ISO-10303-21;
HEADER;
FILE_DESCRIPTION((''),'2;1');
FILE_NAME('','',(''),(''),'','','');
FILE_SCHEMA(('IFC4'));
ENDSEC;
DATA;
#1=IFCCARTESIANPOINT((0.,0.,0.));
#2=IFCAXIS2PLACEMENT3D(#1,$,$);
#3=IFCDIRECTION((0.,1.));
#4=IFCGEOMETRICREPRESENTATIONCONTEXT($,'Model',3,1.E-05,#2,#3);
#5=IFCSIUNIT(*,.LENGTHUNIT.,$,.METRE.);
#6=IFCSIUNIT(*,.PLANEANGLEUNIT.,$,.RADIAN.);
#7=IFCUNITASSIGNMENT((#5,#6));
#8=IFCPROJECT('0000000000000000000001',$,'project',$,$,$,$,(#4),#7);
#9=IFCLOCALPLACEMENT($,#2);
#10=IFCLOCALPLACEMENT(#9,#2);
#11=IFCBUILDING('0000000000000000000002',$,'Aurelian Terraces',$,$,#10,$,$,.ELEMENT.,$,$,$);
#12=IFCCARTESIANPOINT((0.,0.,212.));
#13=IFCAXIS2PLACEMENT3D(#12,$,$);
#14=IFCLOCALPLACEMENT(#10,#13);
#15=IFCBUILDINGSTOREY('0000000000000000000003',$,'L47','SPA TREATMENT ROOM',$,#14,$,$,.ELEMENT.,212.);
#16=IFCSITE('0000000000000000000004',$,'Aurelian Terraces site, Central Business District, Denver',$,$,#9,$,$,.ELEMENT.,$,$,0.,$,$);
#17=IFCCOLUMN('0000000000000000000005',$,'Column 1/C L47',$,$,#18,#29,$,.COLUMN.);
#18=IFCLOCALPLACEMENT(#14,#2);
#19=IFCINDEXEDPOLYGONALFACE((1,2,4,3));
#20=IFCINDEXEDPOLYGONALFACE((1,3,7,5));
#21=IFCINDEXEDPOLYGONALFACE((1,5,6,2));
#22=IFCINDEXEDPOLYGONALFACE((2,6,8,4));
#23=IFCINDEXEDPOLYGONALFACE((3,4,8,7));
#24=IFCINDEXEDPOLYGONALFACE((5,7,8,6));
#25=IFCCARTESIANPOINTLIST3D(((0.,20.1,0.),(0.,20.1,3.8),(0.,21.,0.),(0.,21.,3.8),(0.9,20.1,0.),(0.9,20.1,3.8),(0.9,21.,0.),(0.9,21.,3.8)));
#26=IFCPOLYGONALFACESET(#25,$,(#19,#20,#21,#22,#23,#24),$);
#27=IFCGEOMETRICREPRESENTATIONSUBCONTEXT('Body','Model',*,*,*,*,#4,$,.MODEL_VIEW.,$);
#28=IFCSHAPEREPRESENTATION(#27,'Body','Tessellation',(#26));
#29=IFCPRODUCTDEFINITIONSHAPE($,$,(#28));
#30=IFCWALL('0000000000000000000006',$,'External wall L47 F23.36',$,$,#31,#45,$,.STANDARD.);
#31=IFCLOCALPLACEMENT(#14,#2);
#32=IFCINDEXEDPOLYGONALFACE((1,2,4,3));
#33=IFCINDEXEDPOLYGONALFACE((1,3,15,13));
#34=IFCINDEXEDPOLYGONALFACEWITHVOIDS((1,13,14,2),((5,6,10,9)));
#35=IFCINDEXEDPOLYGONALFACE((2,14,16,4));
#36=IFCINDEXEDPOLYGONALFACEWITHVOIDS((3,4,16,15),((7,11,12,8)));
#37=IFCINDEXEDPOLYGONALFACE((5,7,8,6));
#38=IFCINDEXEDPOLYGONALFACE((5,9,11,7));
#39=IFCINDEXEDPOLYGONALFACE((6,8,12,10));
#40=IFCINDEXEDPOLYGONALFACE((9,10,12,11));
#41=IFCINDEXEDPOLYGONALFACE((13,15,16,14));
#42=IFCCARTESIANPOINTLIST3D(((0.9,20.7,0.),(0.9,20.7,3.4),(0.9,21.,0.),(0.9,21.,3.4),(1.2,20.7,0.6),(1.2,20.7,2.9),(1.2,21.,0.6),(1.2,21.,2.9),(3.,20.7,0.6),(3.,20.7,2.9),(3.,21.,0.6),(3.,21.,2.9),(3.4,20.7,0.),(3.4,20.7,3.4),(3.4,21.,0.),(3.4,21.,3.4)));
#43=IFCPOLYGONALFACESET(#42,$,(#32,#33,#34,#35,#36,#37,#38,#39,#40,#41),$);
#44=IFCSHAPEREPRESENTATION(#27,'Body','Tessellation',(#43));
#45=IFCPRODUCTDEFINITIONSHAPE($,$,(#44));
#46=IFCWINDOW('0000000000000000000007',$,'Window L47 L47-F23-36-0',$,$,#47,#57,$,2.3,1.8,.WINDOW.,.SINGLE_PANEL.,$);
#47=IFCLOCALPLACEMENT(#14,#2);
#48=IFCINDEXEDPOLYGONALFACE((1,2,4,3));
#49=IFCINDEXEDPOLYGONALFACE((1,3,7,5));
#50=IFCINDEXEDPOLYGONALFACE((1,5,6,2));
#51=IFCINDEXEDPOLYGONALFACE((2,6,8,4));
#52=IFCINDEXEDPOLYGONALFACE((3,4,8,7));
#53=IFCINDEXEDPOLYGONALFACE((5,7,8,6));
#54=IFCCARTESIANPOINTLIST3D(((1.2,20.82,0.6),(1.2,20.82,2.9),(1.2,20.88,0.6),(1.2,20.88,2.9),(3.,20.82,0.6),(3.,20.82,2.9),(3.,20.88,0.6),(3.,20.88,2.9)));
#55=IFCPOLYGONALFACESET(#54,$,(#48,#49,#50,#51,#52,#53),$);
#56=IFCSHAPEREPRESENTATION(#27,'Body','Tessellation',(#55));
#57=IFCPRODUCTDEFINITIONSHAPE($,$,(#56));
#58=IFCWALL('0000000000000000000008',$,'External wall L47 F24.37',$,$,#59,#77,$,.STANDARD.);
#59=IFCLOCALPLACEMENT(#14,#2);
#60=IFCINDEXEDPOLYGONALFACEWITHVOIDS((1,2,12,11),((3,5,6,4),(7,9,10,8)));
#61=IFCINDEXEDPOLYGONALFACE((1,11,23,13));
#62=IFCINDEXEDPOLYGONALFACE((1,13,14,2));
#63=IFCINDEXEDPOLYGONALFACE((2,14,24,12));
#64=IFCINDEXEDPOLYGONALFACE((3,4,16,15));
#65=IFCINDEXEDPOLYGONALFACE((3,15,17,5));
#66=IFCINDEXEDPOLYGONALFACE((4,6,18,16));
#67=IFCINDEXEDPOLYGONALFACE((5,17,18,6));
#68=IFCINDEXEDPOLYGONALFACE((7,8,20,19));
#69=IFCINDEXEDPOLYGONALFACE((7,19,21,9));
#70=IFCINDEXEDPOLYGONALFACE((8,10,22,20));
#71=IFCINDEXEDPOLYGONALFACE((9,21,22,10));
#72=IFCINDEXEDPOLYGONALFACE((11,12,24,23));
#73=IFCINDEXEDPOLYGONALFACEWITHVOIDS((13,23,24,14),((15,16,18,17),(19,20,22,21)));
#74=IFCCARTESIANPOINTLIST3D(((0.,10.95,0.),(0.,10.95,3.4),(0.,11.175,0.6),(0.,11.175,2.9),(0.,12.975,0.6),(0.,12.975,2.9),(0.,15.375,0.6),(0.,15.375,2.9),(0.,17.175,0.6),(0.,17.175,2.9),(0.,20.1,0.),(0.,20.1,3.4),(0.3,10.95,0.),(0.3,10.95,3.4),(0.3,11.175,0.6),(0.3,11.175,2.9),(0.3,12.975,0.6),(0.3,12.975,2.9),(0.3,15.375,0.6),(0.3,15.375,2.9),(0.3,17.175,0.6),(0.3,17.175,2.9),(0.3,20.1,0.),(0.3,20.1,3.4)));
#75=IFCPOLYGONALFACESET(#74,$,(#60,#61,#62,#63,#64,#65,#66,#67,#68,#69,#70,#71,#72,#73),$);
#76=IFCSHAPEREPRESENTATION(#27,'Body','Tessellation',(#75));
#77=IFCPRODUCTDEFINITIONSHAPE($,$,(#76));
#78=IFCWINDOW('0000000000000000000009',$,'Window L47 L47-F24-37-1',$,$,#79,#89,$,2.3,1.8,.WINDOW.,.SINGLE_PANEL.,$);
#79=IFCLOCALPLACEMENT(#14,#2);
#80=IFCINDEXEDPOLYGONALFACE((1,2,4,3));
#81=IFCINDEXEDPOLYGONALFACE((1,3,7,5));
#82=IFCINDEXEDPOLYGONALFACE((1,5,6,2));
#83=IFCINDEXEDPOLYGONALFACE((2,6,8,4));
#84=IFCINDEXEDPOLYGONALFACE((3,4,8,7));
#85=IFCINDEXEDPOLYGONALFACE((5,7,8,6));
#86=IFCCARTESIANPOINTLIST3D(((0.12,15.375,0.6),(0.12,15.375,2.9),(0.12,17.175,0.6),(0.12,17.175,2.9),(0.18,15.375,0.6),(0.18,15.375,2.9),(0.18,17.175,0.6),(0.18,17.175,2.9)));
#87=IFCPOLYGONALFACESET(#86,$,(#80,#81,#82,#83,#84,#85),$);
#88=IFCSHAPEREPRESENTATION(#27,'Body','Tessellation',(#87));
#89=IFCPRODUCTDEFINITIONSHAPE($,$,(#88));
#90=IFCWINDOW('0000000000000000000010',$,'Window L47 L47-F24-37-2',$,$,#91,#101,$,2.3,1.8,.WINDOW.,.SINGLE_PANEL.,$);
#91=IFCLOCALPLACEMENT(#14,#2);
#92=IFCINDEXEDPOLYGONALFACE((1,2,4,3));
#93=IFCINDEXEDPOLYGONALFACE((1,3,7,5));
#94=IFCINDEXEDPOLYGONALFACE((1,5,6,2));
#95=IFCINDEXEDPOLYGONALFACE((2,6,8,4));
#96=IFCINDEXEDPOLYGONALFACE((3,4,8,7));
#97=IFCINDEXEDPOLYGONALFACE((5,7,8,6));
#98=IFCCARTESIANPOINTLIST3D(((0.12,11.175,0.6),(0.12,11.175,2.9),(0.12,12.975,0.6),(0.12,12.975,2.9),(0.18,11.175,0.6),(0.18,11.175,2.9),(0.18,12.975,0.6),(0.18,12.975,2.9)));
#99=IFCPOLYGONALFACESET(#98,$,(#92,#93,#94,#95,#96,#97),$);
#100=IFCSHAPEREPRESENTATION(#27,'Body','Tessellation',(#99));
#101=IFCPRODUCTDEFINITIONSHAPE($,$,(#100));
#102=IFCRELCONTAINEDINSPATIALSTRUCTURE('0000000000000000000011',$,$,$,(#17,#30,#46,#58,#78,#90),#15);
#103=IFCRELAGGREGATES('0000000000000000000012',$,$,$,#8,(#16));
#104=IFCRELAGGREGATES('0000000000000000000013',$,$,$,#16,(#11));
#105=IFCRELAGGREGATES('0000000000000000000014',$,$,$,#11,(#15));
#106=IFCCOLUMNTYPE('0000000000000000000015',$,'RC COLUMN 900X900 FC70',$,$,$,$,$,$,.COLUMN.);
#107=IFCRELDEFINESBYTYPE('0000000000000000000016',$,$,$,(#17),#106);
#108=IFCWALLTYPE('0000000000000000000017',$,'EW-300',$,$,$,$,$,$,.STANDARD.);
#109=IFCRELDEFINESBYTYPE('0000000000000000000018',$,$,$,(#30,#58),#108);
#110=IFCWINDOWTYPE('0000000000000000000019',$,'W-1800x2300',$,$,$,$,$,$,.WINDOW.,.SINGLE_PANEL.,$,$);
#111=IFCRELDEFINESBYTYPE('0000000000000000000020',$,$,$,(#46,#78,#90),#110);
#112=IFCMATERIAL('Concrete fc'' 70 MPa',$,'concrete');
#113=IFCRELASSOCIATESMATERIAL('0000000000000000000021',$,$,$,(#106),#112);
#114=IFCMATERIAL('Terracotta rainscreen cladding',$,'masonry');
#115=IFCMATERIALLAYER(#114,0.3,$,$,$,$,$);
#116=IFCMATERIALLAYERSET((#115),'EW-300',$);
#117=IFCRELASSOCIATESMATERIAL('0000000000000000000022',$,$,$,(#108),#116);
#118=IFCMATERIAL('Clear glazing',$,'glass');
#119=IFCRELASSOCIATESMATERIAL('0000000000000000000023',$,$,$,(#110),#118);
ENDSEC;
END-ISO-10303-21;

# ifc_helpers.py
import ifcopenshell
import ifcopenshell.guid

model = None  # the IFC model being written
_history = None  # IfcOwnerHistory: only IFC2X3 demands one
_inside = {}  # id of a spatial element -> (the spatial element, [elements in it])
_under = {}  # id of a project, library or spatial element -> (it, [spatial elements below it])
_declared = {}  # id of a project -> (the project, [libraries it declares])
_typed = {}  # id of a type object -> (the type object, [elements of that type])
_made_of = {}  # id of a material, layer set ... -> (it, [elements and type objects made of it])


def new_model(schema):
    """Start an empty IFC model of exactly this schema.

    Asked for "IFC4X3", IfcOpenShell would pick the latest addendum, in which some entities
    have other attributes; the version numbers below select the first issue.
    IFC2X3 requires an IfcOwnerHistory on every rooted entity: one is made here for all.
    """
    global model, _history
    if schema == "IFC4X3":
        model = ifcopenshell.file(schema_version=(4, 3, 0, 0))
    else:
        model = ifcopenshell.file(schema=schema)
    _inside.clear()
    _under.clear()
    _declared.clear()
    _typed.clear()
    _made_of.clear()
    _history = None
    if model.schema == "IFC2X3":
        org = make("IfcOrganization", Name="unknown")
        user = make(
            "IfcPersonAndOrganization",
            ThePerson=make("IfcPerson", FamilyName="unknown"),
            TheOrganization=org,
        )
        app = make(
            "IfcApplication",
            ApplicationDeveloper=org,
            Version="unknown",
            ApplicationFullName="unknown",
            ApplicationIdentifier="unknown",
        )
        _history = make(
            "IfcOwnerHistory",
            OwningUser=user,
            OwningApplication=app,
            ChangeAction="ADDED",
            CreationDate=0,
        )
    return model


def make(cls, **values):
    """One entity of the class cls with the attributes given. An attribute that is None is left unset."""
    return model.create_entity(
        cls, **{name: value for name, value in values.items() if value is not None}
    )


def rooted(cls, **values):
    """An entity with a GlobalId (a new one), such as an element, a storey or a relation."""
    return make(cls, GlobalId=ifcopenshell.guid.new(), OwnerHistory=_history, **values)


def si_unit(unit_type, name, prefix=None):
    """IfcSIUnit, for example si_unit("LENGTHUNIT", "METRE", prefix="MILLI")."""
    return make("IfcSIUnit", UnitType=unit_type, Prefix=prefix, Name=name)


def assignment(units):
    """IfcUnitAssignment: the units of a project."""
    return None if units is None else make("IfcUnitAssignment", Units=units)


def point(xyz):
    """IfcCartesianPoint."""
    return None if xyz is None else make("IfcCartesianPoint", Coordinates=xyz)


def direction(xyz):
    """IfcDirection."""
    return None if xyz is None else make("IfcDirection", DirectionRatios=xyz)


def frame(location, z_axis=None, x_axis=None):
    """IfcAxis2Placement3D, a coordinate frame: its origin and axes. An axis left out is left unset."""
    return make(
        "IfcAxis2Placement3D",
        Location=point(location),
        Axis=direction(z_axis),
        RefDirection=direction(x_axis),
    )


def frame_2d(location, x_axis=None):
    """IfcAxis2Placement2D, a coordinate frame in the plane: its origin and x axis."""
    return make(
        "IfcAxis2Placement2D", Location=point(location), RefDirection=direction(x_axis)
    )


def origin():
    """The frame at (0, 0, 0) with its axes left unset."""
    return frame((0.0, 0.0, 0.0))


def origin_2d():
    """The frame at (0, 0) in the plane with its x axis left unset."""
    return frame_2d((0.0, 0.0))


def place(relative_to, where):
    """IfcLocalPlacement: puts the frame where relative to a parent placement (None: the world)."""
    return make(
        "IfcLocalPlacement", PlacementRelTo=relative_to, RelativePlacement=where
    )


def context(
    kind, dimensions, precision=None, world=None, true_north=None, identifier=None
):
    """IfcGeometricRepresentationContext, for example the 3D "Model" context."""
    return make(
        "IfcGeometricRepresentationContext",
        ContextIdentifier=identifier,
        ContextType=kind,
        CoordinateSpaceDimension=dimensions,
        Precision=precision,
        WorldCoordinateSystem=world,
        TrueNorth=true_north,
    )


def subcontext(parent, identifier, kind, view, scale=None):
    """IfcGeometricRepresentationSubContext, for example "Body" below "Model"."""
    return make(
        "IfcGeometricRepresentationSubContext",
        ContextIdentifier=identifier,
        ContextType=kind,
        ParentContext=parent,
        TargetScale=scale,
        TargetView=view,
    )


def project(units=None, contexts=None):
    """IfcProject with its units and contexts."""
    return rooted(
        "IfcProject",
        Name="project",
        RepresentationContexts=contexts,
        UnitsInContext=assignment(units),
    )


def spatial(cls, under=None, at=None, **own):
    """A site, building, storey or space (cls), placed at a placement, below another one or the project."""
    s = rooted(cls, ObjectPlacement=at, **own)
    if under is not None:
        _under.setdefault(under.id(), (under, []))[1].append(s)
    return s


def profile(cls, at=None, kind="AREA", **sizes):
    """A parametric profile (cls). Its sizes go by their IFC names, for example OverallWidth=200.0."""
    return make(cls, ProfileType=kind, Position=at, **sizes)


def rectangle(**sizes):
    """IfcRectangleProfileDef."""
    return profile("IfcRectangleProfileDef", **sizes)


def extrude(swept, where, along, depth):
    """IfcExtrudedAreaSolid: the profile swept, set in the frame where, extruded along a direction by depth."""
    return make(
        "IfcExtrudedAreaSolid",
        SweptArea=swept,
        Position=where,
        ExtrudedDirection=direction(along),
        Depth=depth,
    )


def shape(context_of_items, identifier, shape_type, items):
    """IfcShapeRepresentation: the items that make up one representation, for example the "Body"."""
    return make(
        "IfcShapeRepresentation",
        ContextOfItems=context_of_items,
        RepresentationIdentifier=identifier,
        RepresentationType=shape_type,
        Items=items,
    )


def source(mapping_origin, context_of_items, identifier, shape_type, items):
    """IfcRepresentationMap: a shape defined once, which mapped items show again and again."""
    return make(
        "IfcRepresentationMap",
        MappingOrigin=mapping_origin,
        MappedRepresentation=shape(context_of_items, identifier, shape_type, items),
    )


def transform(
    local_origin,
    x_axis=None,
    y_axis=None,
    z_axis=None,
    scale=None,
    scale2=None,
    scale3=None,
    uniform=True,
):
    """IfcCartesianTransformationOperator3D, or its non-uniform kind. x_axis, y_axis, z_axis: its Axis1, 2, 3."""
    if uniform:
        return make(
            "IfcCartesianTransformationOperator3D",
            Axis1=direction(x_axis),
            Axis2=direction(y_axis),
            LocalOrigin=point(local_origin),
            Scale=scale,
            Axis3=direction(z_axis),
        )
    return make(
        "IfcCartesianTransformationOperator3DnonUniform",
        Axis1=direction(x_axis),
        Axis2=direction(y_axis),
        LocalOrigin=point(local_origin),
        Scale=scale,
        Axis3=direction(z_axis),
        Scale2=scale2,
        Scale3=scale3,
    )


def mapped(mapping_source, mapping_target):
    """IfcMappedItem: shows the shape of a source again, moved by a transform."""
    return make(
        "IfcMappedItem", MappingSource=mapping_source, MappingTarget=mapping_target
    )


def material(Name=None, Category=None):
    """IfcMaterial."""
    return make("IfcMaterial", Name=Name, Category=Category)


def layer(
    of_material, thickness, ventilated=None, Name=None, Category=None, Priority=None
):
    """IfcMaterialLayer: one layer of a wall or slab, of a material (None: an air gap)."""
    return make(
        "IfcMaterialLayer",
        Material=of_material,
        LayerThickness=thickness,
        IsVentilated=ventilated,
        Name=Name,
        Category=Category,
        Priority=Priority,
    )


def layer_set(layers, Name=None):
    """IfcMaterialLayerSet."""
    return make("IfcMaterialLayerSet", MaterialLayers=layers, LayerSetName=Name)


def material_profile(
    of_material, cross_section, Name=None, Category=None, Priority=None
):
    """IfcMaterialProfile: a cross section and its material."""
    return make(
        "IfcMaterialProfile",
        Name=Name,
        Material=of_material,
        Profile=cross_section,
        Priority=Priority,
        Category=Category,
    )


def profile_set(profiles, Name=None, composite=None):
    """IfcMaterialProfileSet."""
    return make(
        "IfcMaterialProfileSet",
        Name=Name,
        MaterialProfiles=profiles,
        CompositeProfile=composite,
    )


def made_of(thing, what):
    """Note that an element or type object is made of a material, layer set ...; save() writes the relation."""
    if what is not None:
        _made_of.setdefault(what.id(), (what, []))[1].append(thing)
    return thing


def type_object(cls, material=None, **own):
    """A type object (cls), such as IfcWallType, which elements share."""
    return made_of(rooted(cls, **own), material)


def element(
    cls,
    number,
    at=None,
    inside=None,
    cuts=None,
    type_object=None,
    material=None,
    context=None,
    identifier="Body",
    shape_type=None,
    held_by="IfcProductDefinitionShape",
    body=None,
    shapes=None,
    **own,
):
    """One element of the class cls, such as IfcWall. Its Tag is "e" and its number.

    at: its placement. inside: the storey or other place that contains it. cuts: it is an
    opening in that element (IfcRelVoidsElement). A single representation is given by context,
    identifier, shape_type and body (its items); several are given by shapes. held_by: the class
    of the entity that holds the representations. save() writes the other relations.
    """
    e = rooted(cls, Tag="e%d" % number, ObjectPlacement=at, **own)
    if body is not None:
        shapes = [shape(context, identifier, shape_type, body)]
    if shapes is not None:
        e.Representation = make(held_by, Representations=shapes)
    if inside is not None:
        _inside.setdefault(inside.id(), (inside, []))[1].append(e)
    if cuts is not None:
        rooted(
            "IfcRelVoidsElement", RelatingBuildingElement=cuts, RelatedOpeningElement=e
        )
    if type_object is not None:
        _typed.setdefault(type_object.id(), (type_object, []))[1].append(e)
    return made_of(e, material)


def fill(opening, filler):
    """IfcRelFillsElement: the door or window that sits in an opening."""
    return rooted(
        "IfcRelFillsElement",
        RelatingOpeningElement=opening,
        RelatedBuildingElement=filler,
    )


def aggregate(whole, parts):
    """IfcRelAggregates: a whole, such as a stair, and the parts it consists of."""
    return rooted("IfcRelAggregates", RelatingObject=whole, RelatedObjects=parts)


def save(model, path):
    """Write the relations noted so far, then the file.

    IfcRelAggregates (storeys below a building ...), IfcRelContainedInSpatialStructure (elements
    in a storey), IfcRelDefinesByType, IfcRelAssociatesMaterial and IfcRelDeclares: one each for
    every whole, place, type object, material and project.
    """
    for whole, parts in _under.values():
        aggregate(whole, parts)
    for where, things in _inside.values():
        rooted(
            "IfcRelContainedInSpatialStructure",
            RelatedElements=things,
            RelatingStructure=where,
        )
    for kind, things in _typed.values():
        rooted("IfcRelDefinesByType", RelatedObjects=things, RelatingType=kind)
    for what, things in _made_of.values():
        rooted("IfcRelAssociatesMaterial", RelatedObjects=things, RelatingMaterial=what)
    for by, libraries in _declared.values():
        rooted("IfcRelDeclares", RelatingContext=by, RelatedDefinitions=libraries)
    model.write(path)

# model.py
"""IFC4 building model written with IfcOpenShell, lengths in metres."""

from ifc_helpers import new_model, si_unit, direction, frame, frame_2d, origin, origin_2d, place, context, subcontext, project, spatial, rectangle, extrude, source, transform, mapped, material, layer, layer_set, material_profile, profile_set, type_object, element, fill, save


model = new_model("IFC4")

# Units and contexts
model_context = context("Model", 3, precision=1e-05, world=origin(), true_north=direction((0.0, 1.0)))
body_context = subcontext(model_context, "Body", "Model", "MODEL_VIEW")
ifc_project = project(units=[si_unit("LENGTHUNIT", "METRE"), si_unit("PLANEANGLEUNIT", "RADIAN")], contexts=[model_context])

# Site, building, storey
site_placement = place(None, origin())
site = spatial("IfcSite", under=ifc_project, at=site_placement, Name="Aurelian Terraces site, Central Business District, Denver", CompositionType="ELEMENT", RefElevation=0.0)
building_placement = place(site_placement, origin())
building = spatial("IfcBuilding", under=site, at=building_placement, Name="Aurelian Terraces", CompositionType="ELEMENT")
storey_placement = place(building_placement, frame((0.0, 0.0, 212.0)))
storey = spatial("IfcBuildingStorey", under=building, at=storey_placement, Name="L47", Description="SPA TREATMENT ROOM", CompositionType="ELEMENT", Elevation=212.0)

# Column
ifc_material_1 = material(Name="Concrete fc' 70 MPa", Category="concrete")
ifc_material_profile = material_profile(ifc_material_1, rectangle(XDim=0.9, YDim=0.9, at=origin_2d()))
ifc_profile_set = profile_set([ifc_material_profile], Name="Concrete fc' 70 MPa")
column_type = type_object("IfcColumnType", Name="RC COLUMN 900X900 FC70", PredefinedType="COLUMN", material=ifc_profile_set)
shared_shape_1 = source(origin(), body_context, "Body", "SweptSolid", [
    extrude(rectangle(XDim=0.9, YDim=0.9, at=origin_2d()), origin(), (0.0, 0.0, 1.0), 3.8),
])
column_placement = place(storey_placement, frame((0.45, 20.55, 0.0), z_axis=(0.0, 0.0, 1.0), x_axis=(1.0, 0.0, 0.0)))
element("IfcColumn", 1, at=column_placement, inside=storey, type_object=column_type, Name="Column 1/C L47", PredefinedType="COLUMN", context=body_context, shape_type="MappedRepresentation", body=[
    mapped(shared_shape_1, transform((0.0, 0.0, 0.0), scale=1.0)),
])

# Wall, opening, window
ifc_material_2 = material(Name="Terracotta rainscreen cladding", Category="masonry")
ifc_layer_1 = layer(ifc_material_2, 0.3)
ifc_layer_set_1 = layer_set([ifc_layer_1], Name="EW-300")
wall_type_1 = type_object("IfcWallType", Name="EW-300", PredefinedType="STANDARD", material=ifc_layer_set_1)
shared_shape_2 = source(origin(), body_context, "Body", "SweptSolid", [
    extrude(rectangle(XDim=2.5, YDim=0.3, at=frame_2d((1.25, 0.0))), origin(), (0.0, 0.0, 1.0), 3.4),
])
wall_1_placement = place(storey_placement, frame((3.4, 20.85, 0.0), z_axis=(0.0, 0.0, 1.0), x_axis=(-1.0, 0.0, 0.0)))
wall_1 = element("IfcWall", 2, at=wall_1_placement, inside=storey, type_object=wall_type_1, Name="External wall L47 F23.36", PredefinedType="STANDARD", context=body_context, shape_type="MappedRepresentation", body=[
    mapped(shared_shape_2, transform((0.0, 0.0, 0.0), scale=1.0)),
])
shared_shape_3 = source(origin(), body_context, "Body", "SweptSolid", [
    extrude(rectangle(XDim=1.8, YDim=2.3, at=frame_2d((0.9, 1.15))), frame((0.0, 0.16, 0.0), z_axis=(0.0, -1.0, 0.0), x_axis=(1.0, 0.0, 0.0)), (0.0, 0.0, 1.0), 0.32),
])
opening_1_placement = place(wall_1_placement, frame((0.4, 0.0, 0.6)))
opening_1 = element("IfcOpeningElement", 3, at=opening_1_placement, cuts=wall_1, PredefinedType="OPENING", context=body_context, shape_type="MappedRepresentation", body=[
    mapped(shared_shape_3, transform((0.0, 0.0, 0.0), scale=1.0)),
])
ifc_material_3 = material(Name="Clear glazing", Category="glass")
window_type = type_object("IfcWindowType", Name="W-1800x2300", PartitioningType="SINGLE_PANEL", PredefinedType="WINDOW", material=ifc_material_3)
shared_shape_4 = source(origin(), body_context, "Body", "SweptSolid", [
    extrude(rectangle(XDim=1.8, YDim=2.3, at=frame_2d((0.9, 1.15))), frame((0.0, 0.03, 0.0), z_axis=(0.0, -1.0, 0.0), x_axis=(1.0, 0.0, 0.0)), (0.0, 0.0, 1.0), 0.06),
])
window_1_placement = place(opening_1_placement, origin())
window_1 = element("IfcWindow", 4, at=window_1_placement, inside=storey, type_object=window_type, Name="Window L47 L47-F23-36-0", OverallHeight=2.3, OverallWidth=1.8, PartitioningType="SINGLE_PANEL", PredefinedType="WINDOW", context=body_context, shape_type="MappedRepresentation", body=[
    mapped(shared_shape_4, transform((0.0, 0.0, 0.0), scale=1.0)),
])
fill(opening_1, window_1)

# Wall, openings, windows
shared_shape_5 = source(origin(), body_context, "Body", "SweptSolid", [
    extrude(rectangle(XDim=9.15, YDim=0.3, at=frame_2d((4.575, 0.0))), origin(), (0.0, 0.0, 1.0), 3.4),
])
wall_2_placement = place(storey_placement, frame((0.15, 20.1, 0.0), z_axis=(0.0, 0.0, 1.0), x_axis=(0.0, -1.0, 0.0)))
wall_2 = element("IfcWall", 5, at=wall_2_placement, inside=storey, type_object=wall_type_1, Name="External wall L47 F24.37", PredefinedType="STANDARD", context=body_context, shape_type="MappedRepresentation", body=[
    mapped(shared_shape_5, transform((0.0, 0.0, 0.0), scale=1.0)),
])
opening_2_placement = place(wall_2_placement, frame((2.925, 0.0, 0.6)))
opening_2 = element("IfcOpeningElement", 6, at=opening_2_placement, cuts=wall_2, PredefinedType="OPENING", context=body_context, shape_type="MappedRepresentation", body=[
    mapped(shared_shape_3, transform((0.0, 0.0, 0.0), scale=1.0)),
])
opening_3_placement = place(wall_2_placement, frame((7.125, 0.0, 0.6)))
opening_3 = element("IfcOpeningElement", 7, at=opening_3_placement, cuts=wall_2, PredefinedType="OPENING", context=body_context, shape_type="MappedRepresentation", body=[
    mapped(shared_shape_3, transform((0.0, 0.0, 0.0), scale=1.0)),
])
window_2_placement = place(opening_2_placement, origin())
window_2 = element("IfcWindow", 8, at=window_2_placement, inside=storey, type_object=window_type, Name="Window L47 L47-F24-37-1", OverallHeight=2.3, OverallWidth=1.8, PartitioningType="SINGLE_PANEL", PredefinedType="WINDOW", context=body_context, shape_type="MappedRepresentation", body=[
    mapped(shared_shape_4, transform((0.0, 0.0, 0.0), scale=1.0)),
])
fill(opening_2, window_2)
window_3_placement = place(opening_3_placement, origin())
window_3 = element("IfcWindow", 9, at=window_3_placement, inside=storey, type_object=window_type, Name="Window L47 L47-F24-37-2", OverallHeight=2.3, OverallWidth=1.8, PartitioningType="SINGLE_PANEL", PredefinedType="WINDOW", context=body_context, shape_type="MappedRepresentation", body=[
    mapped(shared_shape_4, transform((0.0, 0.0, 0.0), scale=1.0)),
])
fill(opening_3, window_3)

save(model, "model.ifc")
